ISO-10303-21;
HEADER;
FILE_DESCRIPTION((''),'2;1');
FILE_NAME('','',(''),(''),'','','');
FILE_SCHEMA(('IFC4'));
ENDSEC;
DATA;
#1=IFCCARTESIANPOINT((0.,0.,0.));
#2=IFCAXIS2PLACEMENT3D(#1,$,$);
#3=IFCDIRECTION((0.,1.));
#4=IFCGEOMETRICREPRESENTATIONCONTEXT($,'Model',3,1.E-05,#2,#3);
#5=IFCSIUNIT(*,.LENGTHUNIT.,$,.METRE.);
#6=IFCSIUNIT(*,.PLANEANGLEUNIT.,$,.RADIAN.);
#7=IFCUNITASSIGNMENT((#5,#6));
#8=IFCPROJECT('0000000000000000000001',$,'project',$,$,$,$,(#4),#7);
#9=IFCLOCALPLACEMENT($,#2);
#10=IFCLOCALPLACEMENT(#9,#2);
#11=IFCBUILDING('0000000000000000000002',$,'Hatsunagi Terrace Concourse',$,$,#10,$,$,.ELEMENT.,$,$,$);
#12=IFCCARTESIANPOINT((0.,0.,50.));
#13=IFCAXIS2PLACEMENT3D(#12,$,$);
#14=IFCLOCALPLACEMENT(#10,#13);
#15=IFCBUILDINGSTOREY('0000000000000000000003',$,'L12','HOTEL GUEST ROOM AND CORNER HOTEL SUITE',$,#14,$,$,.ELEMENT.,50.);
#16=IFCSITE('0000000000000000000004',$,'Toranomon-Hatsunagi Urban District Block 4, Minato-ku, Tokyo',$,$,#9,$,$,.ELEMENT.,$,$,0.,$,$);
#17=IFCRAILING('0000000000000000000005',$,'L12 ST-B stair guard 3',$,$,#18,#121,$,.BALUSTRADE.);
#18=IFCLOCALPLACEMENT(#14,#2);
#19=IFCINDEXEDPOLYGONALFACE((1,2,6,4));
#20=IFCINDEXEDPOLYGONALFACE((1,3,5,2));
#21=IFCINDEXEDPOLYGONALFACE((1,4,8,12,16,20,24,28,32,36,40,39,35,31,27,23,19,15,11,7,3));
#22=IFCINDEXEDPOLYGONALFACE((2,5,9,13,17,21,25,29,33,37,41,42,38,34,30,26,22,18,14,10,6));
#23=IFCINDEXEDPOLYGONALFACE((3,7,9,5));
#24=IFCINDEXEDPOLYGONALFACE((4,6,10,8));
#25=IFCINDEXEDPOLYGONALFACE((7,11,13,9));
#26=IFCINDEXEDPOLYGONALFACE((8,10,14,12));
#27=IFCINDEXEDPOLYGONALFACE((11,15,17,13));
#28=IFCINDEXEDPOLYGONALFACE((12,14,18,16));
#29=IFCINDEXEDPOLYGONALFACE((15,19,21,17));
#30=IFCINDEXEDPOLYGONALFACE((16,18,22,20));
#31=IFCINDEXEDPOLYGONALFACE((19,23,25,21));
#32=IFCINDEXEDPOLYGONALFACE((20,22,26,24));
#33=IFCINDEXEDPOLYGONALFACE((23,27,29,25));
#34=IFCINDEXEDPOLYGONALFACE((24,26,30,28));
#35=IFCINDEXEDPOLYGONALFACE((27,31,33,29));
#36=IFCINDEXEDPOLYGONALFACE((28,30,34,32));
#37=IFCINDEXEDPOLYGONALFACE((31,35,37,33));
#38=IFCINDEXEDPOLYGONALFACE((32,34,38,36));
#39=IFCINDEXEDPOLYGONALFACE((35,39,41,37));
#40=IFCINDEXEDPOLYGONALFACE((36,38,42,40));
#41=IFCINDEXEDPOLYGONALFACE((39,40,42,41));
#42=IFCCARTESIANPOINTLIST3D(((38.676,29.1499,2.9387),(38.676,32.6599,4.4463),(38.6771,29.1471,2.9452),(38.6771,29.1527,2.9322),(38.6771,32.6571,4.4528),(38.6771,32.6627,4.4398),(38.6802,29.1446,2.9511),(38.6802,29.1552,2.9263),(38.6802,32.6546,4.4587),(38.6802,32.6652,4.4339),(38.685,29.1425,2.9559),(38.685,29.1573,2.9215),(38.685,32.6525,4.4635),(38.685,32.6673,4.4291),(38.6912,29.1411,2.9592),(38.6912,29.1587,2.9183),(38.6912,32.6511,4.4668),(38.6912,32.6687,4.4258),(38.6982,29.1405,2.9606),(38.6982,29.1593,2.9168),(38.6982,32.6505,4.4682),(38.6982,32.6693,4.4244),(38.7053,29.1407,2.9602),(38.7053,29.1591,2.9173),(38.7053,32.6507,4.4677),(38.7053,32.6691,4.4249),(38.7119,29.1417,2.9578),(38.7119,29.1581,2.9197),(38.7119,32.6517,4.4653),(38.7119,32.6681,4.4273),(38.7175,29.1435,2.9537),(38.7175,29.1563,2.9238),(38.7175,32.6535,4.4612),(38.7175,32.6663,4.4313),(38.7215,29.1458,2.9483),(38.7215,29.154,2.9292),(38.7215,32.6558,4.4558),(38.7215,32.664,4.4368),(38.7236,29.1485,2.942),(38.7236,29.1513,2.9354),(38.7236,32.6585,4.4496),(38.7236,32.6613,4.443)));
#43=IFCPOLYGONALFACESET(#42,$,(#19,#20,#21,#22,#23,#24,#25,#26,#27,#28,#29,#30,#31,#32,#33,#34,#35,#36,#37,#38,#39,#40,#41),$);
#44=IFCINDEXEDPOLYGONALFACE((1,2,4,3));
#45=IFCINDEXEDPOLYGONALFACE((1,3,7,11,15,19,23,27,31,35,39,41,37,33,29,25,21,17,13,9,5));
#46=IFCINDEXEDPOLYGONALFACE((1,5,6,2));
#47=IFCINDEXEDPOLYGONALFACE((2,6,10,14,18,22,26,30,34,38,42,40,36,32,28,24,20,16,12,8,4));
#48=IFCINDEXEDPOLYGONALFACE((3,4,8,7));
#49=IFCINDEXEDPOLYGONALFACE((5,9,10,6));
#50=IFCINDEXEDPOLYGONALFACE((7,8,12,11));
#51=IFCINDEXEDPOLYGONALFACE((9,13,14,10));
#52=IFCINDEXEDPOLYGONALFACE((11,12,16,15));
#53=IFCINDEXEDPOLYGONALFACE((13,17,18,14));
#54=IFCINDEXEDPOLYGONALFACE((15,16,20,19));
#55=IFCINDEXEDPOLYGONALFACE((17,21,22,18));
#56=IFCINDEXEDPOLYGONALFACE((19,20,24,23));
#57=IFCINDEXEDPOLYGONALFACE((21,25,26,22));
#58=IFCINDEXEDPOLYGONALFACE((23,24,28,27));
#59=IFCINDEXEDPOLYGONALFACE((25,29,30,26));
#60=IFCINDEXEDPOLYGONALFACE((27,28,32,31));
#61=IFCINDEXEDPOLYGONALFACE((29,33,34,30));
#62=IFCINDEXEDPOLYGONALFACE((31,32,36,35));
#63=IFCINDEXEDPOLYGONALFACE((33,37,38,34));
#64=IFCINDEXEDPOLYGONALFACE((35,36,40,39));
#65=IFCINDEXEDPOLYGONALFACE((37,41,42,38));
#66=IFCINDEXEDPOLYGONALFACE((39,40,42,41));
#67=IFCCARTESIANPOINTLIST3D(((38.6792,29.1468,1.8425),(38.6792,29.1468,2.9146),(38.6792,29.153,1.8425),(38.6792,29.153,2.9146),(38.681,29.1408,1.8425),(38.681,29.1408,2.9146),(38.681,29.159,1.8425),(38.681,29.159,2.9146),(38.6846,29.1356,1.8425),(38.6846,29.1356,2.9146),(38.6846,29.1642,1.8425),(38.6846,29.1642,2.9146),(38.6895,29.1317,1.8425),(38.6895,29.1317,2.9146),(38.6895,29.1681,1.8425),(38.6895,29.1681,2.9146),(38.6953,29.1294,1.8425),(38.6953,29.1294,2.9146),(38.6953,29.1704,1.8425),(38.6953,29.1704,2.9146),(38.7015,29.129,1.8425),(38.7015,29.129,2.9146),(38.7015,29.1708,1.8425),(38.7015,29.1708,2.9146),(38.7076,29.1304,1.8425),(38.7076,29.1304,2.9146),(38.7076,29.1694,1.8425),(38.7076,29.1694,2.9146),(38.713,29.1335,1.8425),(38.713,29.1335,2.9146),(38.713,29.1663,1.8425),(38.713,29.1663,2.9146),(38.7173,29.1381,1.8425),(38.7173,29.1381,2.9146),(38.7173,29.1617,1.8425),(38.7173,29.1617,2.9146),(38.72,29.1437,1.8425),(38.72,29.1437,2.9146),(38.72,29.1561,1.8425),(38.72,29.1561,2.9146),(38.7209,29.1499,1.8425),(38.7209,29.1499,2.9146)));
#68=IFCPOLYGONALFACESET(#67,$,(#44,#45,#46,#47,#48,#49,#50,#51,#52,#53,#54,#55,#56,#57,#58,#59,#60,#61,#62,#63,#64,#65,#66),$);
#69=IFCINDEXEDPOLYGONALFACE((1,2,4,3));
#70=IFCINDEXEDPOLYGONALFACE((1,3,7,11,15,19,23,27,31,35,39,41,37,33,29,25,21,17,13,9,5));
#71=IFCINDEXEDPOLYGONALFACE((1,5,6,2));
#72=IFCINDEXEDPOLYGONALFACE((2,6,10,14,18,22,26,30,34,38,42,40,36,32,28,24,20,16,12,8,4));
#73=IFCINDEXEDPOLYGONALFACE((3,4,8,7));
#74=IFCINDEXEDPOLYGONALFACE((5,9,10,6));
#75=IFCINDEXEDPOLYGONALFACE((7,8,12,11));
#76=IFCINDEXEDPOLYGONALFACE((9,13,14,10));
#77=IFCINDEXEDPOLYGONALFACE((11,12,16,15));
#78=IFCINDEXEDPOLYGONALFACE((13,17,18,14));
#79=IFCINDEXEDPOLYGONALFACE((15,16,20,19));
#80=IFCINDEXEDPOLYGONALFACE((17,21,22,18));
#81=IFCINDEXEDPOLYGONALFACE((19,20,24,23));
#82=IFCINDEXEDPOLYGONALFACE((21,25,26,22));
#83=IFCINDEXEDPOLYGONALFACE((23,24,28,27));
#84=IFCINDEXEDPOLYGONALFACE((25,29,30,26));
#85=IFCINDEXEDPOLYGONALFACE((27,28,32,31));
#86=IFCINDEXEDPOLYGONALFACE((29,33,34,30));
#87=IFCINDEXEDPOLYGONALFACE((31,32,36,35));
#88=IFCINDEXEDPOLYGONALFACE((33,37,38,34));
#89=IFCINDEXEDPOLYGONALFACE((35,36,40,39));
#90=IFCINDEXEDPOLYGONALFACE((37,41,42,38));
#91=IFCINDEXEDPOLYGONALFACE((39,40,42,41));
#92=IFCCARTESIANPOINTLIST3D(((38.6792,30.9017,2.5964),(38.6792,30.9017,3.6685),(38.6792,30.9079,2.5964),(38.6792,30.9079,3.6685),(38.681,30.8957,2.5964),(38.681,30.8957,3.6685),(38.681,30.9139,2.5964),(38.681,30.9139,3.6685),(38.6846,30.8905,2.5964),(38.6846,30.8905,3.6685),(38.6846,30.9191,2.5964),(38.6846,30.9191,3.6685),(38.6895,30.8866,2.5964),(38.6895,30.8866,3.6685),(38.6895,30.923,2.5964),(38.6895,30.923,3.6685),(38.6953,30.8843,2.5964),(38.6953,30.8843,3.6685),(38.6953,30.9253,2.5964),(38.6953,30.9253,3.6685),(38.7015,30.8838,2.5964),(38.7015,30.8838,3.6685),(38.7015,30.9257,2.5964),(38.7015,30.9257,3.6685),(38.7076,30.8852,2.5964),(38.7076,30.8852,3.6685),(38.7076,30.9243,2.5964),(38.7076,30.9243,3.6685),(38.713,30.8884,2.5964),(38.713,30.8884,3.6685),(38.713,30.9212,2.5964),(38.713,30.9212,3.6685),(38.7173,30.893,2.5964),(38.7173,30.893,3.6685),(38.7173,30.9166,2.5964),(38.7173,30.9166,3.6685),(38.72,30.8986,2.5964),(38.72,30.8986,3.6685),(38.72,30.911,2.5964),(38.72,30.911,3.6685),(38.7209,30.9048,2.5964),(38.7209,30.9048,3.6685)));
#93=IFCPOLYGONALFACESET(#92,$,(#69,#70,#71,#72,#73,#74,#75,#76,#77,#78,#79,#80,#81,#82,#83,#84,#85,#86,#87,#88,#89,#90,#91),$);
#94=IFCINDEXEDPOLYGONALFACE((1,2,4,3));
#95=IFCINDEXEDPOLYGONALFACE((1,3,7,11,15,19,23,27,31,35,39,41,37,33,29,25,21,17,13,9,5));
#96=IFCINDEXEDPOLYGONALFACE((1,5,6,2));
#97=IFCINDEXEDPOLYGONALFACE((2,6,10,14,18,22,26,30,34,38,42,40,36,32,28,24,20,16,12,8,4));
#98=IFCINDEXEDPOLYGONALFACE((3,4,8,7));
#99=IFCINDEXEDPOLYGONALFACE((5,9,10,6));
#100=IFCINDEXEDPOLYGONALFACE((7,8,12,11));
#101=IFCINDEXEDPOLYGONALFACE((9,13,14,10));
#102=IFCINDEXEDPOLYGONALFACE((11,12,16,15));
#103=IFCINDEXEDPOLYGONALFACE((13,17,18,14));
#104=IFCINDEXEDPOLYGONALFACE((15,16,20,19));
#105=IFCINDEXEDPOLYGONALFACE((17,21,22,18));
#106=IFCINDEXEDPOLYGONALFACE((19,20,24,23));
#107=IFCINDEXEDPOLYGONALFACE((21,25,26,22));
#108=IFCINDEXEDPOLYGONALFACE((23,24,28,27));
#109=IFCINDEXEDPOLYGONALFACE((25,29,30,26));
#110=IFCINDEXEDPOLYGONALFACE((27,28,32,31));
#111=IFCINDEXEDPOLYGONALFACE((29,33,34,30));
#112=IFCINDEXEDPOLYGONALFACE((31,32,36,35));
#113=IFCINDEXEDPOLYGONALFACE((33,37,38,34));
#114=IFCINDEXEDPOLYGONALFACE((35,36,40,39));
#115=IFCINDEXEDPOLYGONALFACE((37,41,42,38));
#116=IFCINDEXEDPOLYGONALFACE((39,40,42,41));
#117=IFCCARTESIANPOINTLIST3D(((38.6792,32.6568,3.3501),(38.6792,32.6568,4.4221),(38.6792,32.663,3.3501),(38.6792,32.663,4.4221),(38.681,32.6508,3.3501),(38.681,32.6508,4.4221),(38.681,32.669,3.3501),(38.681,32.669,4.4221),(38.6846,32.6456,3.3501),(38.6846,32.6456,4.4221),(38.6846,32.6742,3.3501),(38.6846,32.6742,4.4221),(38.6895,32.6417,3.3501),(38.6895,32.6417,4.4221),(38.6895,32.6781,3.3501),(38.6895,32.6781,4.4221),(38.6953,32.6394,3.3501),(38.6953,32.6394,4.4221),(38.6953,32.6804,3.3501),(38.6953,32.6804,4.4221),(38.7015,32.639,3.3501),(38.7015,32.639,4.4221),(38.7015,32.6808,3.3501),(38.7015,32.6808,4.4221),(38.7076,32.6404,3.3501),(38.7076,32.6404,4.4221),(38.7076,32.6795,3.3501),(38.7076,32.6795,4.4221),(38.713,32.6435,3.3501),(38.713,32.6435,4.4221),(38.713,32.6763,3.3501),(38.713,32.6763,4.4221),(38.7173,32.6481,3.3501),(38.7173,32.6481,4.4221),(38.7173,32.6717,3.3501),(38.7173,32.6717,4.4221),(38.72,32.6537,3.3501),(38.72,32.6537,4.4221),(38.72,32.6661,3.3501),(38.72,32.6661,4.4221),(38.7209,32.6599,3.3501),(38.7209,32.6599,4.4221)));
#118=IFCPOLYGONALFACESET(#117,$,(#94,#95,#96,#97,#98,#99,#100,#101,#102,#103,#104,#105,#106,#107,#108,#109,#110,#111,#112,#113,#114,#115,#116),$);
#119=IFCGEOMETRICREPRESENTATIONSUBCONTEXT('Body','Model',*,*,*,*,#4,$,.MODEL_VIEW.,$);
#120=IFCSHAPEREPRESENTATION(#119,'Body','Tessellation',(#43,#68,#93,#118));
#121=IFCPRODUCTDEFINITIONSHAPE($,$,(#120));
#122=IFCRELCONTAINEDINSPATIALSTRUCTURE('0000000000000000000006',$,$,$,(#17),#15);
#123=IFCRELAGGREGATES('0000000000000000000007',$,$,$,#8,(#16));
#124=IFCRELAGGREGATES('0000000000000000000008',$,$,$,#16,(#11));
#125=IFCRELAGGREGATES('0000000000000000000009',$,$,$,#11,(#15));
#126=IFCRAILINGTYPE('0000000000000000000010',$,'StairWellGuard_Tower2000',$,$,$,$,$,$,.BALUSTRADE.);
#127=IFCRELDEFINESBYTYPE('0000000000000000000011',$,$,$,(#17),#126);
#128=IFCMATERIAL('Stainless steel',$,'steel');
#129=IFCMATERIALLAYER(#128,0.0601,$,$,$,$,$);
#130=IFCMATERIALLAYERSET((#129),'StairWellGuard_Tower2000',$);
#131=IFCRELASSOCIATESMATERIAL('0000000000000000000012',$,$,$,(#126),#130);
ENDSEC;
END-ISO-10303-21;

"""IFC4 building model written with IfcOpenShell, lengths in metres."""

from ifc_helpers import new_model, si_unit, direction, frame, origin, origin_2d, place, context, subcontext, project, spatial, circle, extrude, material, layer, layer_set, type_object, element, save


model = new_model("IFC4")

# Units and contexts
model_context = context("Model", 3, precision=1e-05, world=origin(), true_north=direction((0.0, 1.0)))
body_context = subcontext(model_context, "Body", "Model", "MODEL_VIEW")
ifc_project = project(units=[si_unit("LENGTHUNIT", "METRE"), si_unit("PLANEANGLEUNIT", "RADIAN")], contexts=[model_context])

# Site, building, storey
site_placement = place(None, origin())
site = spatial("IfcSite", under=ifc_project, at=site_placement, Name="Toranomon-Hatsunagi Urban District Block 4, Minato-ku, Tokyo", CompositionType="ELEMENT", RefElevation=0.0)
building_placement = place(site_placement, origin())
building = spatial("IfcBuilding", under=site, at=building_placement, Name="Hatsunagi Terrace Concourse", CompositionType="ELEMENT")
storey_placement = place(building_placement, frame((0.0, 0.0, 50.0)))
storey = spatial("IfcBuildingStorey", under=building, at=storey_placement, Name="L12", Description="HOTEL GUEST ROOM AND CORNER HOTEL SUITE", CompositionType="ELEMENT", Elevation=50.0)

# Railing
ifc_material_1 = material(Name="Stainless steel", Category="steel")
ifc_layer_1 = layer(ifc_material_1, 0.0601)
ifc_layer_set_1 = layer_set([ifc_layer_1], Name="StairWellGuard_Tower2000")
railing_type_1 = type_object("IfcRailingType", Name="StairWellGuard_Tower2000", PredefinedType="BALUSTRADE", material=ifc_layer_set_1)
railing_1_placement = place(storey_placement, frame((38.7, 29.1499, 1.8425)))
element("IfcRailing", 1, at=railing_1_placement, inside=storey, type_object=railing_type_1, Name="L12 ST-B stair guard 3", PredefinedType="BALUSTRADE", context=body_context, shape_type="SweptSolid", body=[
    extrude(circle(Radius=0.0239, at=origin_2d()), frame((0.0, 0.0, 1.0962), z_axis=(0.0, 0.918834, 0.394644), x_axis=(-1.0, 0.0, 0.0)), (0.0, 0.0, 1.0), 3.8201),
    extrude(circle(Radius=0.021, at=origin_2d()), origin(), (0.0, 0.0, 1.0), 1.072),
    extrude(circle(Radius=0.021, at=origin_2d()), frame((0.0, 1.7549, 0.7539)), (0.0, 0.0, 1.0), 1.072),
    extrude(circle(Radius=0.021, at=origin_2d()), frame((0.0, 3.51, 1.5076)), (0.0, 0.0, 1.0), 1.072),
])

save(model, "model.ifc")
